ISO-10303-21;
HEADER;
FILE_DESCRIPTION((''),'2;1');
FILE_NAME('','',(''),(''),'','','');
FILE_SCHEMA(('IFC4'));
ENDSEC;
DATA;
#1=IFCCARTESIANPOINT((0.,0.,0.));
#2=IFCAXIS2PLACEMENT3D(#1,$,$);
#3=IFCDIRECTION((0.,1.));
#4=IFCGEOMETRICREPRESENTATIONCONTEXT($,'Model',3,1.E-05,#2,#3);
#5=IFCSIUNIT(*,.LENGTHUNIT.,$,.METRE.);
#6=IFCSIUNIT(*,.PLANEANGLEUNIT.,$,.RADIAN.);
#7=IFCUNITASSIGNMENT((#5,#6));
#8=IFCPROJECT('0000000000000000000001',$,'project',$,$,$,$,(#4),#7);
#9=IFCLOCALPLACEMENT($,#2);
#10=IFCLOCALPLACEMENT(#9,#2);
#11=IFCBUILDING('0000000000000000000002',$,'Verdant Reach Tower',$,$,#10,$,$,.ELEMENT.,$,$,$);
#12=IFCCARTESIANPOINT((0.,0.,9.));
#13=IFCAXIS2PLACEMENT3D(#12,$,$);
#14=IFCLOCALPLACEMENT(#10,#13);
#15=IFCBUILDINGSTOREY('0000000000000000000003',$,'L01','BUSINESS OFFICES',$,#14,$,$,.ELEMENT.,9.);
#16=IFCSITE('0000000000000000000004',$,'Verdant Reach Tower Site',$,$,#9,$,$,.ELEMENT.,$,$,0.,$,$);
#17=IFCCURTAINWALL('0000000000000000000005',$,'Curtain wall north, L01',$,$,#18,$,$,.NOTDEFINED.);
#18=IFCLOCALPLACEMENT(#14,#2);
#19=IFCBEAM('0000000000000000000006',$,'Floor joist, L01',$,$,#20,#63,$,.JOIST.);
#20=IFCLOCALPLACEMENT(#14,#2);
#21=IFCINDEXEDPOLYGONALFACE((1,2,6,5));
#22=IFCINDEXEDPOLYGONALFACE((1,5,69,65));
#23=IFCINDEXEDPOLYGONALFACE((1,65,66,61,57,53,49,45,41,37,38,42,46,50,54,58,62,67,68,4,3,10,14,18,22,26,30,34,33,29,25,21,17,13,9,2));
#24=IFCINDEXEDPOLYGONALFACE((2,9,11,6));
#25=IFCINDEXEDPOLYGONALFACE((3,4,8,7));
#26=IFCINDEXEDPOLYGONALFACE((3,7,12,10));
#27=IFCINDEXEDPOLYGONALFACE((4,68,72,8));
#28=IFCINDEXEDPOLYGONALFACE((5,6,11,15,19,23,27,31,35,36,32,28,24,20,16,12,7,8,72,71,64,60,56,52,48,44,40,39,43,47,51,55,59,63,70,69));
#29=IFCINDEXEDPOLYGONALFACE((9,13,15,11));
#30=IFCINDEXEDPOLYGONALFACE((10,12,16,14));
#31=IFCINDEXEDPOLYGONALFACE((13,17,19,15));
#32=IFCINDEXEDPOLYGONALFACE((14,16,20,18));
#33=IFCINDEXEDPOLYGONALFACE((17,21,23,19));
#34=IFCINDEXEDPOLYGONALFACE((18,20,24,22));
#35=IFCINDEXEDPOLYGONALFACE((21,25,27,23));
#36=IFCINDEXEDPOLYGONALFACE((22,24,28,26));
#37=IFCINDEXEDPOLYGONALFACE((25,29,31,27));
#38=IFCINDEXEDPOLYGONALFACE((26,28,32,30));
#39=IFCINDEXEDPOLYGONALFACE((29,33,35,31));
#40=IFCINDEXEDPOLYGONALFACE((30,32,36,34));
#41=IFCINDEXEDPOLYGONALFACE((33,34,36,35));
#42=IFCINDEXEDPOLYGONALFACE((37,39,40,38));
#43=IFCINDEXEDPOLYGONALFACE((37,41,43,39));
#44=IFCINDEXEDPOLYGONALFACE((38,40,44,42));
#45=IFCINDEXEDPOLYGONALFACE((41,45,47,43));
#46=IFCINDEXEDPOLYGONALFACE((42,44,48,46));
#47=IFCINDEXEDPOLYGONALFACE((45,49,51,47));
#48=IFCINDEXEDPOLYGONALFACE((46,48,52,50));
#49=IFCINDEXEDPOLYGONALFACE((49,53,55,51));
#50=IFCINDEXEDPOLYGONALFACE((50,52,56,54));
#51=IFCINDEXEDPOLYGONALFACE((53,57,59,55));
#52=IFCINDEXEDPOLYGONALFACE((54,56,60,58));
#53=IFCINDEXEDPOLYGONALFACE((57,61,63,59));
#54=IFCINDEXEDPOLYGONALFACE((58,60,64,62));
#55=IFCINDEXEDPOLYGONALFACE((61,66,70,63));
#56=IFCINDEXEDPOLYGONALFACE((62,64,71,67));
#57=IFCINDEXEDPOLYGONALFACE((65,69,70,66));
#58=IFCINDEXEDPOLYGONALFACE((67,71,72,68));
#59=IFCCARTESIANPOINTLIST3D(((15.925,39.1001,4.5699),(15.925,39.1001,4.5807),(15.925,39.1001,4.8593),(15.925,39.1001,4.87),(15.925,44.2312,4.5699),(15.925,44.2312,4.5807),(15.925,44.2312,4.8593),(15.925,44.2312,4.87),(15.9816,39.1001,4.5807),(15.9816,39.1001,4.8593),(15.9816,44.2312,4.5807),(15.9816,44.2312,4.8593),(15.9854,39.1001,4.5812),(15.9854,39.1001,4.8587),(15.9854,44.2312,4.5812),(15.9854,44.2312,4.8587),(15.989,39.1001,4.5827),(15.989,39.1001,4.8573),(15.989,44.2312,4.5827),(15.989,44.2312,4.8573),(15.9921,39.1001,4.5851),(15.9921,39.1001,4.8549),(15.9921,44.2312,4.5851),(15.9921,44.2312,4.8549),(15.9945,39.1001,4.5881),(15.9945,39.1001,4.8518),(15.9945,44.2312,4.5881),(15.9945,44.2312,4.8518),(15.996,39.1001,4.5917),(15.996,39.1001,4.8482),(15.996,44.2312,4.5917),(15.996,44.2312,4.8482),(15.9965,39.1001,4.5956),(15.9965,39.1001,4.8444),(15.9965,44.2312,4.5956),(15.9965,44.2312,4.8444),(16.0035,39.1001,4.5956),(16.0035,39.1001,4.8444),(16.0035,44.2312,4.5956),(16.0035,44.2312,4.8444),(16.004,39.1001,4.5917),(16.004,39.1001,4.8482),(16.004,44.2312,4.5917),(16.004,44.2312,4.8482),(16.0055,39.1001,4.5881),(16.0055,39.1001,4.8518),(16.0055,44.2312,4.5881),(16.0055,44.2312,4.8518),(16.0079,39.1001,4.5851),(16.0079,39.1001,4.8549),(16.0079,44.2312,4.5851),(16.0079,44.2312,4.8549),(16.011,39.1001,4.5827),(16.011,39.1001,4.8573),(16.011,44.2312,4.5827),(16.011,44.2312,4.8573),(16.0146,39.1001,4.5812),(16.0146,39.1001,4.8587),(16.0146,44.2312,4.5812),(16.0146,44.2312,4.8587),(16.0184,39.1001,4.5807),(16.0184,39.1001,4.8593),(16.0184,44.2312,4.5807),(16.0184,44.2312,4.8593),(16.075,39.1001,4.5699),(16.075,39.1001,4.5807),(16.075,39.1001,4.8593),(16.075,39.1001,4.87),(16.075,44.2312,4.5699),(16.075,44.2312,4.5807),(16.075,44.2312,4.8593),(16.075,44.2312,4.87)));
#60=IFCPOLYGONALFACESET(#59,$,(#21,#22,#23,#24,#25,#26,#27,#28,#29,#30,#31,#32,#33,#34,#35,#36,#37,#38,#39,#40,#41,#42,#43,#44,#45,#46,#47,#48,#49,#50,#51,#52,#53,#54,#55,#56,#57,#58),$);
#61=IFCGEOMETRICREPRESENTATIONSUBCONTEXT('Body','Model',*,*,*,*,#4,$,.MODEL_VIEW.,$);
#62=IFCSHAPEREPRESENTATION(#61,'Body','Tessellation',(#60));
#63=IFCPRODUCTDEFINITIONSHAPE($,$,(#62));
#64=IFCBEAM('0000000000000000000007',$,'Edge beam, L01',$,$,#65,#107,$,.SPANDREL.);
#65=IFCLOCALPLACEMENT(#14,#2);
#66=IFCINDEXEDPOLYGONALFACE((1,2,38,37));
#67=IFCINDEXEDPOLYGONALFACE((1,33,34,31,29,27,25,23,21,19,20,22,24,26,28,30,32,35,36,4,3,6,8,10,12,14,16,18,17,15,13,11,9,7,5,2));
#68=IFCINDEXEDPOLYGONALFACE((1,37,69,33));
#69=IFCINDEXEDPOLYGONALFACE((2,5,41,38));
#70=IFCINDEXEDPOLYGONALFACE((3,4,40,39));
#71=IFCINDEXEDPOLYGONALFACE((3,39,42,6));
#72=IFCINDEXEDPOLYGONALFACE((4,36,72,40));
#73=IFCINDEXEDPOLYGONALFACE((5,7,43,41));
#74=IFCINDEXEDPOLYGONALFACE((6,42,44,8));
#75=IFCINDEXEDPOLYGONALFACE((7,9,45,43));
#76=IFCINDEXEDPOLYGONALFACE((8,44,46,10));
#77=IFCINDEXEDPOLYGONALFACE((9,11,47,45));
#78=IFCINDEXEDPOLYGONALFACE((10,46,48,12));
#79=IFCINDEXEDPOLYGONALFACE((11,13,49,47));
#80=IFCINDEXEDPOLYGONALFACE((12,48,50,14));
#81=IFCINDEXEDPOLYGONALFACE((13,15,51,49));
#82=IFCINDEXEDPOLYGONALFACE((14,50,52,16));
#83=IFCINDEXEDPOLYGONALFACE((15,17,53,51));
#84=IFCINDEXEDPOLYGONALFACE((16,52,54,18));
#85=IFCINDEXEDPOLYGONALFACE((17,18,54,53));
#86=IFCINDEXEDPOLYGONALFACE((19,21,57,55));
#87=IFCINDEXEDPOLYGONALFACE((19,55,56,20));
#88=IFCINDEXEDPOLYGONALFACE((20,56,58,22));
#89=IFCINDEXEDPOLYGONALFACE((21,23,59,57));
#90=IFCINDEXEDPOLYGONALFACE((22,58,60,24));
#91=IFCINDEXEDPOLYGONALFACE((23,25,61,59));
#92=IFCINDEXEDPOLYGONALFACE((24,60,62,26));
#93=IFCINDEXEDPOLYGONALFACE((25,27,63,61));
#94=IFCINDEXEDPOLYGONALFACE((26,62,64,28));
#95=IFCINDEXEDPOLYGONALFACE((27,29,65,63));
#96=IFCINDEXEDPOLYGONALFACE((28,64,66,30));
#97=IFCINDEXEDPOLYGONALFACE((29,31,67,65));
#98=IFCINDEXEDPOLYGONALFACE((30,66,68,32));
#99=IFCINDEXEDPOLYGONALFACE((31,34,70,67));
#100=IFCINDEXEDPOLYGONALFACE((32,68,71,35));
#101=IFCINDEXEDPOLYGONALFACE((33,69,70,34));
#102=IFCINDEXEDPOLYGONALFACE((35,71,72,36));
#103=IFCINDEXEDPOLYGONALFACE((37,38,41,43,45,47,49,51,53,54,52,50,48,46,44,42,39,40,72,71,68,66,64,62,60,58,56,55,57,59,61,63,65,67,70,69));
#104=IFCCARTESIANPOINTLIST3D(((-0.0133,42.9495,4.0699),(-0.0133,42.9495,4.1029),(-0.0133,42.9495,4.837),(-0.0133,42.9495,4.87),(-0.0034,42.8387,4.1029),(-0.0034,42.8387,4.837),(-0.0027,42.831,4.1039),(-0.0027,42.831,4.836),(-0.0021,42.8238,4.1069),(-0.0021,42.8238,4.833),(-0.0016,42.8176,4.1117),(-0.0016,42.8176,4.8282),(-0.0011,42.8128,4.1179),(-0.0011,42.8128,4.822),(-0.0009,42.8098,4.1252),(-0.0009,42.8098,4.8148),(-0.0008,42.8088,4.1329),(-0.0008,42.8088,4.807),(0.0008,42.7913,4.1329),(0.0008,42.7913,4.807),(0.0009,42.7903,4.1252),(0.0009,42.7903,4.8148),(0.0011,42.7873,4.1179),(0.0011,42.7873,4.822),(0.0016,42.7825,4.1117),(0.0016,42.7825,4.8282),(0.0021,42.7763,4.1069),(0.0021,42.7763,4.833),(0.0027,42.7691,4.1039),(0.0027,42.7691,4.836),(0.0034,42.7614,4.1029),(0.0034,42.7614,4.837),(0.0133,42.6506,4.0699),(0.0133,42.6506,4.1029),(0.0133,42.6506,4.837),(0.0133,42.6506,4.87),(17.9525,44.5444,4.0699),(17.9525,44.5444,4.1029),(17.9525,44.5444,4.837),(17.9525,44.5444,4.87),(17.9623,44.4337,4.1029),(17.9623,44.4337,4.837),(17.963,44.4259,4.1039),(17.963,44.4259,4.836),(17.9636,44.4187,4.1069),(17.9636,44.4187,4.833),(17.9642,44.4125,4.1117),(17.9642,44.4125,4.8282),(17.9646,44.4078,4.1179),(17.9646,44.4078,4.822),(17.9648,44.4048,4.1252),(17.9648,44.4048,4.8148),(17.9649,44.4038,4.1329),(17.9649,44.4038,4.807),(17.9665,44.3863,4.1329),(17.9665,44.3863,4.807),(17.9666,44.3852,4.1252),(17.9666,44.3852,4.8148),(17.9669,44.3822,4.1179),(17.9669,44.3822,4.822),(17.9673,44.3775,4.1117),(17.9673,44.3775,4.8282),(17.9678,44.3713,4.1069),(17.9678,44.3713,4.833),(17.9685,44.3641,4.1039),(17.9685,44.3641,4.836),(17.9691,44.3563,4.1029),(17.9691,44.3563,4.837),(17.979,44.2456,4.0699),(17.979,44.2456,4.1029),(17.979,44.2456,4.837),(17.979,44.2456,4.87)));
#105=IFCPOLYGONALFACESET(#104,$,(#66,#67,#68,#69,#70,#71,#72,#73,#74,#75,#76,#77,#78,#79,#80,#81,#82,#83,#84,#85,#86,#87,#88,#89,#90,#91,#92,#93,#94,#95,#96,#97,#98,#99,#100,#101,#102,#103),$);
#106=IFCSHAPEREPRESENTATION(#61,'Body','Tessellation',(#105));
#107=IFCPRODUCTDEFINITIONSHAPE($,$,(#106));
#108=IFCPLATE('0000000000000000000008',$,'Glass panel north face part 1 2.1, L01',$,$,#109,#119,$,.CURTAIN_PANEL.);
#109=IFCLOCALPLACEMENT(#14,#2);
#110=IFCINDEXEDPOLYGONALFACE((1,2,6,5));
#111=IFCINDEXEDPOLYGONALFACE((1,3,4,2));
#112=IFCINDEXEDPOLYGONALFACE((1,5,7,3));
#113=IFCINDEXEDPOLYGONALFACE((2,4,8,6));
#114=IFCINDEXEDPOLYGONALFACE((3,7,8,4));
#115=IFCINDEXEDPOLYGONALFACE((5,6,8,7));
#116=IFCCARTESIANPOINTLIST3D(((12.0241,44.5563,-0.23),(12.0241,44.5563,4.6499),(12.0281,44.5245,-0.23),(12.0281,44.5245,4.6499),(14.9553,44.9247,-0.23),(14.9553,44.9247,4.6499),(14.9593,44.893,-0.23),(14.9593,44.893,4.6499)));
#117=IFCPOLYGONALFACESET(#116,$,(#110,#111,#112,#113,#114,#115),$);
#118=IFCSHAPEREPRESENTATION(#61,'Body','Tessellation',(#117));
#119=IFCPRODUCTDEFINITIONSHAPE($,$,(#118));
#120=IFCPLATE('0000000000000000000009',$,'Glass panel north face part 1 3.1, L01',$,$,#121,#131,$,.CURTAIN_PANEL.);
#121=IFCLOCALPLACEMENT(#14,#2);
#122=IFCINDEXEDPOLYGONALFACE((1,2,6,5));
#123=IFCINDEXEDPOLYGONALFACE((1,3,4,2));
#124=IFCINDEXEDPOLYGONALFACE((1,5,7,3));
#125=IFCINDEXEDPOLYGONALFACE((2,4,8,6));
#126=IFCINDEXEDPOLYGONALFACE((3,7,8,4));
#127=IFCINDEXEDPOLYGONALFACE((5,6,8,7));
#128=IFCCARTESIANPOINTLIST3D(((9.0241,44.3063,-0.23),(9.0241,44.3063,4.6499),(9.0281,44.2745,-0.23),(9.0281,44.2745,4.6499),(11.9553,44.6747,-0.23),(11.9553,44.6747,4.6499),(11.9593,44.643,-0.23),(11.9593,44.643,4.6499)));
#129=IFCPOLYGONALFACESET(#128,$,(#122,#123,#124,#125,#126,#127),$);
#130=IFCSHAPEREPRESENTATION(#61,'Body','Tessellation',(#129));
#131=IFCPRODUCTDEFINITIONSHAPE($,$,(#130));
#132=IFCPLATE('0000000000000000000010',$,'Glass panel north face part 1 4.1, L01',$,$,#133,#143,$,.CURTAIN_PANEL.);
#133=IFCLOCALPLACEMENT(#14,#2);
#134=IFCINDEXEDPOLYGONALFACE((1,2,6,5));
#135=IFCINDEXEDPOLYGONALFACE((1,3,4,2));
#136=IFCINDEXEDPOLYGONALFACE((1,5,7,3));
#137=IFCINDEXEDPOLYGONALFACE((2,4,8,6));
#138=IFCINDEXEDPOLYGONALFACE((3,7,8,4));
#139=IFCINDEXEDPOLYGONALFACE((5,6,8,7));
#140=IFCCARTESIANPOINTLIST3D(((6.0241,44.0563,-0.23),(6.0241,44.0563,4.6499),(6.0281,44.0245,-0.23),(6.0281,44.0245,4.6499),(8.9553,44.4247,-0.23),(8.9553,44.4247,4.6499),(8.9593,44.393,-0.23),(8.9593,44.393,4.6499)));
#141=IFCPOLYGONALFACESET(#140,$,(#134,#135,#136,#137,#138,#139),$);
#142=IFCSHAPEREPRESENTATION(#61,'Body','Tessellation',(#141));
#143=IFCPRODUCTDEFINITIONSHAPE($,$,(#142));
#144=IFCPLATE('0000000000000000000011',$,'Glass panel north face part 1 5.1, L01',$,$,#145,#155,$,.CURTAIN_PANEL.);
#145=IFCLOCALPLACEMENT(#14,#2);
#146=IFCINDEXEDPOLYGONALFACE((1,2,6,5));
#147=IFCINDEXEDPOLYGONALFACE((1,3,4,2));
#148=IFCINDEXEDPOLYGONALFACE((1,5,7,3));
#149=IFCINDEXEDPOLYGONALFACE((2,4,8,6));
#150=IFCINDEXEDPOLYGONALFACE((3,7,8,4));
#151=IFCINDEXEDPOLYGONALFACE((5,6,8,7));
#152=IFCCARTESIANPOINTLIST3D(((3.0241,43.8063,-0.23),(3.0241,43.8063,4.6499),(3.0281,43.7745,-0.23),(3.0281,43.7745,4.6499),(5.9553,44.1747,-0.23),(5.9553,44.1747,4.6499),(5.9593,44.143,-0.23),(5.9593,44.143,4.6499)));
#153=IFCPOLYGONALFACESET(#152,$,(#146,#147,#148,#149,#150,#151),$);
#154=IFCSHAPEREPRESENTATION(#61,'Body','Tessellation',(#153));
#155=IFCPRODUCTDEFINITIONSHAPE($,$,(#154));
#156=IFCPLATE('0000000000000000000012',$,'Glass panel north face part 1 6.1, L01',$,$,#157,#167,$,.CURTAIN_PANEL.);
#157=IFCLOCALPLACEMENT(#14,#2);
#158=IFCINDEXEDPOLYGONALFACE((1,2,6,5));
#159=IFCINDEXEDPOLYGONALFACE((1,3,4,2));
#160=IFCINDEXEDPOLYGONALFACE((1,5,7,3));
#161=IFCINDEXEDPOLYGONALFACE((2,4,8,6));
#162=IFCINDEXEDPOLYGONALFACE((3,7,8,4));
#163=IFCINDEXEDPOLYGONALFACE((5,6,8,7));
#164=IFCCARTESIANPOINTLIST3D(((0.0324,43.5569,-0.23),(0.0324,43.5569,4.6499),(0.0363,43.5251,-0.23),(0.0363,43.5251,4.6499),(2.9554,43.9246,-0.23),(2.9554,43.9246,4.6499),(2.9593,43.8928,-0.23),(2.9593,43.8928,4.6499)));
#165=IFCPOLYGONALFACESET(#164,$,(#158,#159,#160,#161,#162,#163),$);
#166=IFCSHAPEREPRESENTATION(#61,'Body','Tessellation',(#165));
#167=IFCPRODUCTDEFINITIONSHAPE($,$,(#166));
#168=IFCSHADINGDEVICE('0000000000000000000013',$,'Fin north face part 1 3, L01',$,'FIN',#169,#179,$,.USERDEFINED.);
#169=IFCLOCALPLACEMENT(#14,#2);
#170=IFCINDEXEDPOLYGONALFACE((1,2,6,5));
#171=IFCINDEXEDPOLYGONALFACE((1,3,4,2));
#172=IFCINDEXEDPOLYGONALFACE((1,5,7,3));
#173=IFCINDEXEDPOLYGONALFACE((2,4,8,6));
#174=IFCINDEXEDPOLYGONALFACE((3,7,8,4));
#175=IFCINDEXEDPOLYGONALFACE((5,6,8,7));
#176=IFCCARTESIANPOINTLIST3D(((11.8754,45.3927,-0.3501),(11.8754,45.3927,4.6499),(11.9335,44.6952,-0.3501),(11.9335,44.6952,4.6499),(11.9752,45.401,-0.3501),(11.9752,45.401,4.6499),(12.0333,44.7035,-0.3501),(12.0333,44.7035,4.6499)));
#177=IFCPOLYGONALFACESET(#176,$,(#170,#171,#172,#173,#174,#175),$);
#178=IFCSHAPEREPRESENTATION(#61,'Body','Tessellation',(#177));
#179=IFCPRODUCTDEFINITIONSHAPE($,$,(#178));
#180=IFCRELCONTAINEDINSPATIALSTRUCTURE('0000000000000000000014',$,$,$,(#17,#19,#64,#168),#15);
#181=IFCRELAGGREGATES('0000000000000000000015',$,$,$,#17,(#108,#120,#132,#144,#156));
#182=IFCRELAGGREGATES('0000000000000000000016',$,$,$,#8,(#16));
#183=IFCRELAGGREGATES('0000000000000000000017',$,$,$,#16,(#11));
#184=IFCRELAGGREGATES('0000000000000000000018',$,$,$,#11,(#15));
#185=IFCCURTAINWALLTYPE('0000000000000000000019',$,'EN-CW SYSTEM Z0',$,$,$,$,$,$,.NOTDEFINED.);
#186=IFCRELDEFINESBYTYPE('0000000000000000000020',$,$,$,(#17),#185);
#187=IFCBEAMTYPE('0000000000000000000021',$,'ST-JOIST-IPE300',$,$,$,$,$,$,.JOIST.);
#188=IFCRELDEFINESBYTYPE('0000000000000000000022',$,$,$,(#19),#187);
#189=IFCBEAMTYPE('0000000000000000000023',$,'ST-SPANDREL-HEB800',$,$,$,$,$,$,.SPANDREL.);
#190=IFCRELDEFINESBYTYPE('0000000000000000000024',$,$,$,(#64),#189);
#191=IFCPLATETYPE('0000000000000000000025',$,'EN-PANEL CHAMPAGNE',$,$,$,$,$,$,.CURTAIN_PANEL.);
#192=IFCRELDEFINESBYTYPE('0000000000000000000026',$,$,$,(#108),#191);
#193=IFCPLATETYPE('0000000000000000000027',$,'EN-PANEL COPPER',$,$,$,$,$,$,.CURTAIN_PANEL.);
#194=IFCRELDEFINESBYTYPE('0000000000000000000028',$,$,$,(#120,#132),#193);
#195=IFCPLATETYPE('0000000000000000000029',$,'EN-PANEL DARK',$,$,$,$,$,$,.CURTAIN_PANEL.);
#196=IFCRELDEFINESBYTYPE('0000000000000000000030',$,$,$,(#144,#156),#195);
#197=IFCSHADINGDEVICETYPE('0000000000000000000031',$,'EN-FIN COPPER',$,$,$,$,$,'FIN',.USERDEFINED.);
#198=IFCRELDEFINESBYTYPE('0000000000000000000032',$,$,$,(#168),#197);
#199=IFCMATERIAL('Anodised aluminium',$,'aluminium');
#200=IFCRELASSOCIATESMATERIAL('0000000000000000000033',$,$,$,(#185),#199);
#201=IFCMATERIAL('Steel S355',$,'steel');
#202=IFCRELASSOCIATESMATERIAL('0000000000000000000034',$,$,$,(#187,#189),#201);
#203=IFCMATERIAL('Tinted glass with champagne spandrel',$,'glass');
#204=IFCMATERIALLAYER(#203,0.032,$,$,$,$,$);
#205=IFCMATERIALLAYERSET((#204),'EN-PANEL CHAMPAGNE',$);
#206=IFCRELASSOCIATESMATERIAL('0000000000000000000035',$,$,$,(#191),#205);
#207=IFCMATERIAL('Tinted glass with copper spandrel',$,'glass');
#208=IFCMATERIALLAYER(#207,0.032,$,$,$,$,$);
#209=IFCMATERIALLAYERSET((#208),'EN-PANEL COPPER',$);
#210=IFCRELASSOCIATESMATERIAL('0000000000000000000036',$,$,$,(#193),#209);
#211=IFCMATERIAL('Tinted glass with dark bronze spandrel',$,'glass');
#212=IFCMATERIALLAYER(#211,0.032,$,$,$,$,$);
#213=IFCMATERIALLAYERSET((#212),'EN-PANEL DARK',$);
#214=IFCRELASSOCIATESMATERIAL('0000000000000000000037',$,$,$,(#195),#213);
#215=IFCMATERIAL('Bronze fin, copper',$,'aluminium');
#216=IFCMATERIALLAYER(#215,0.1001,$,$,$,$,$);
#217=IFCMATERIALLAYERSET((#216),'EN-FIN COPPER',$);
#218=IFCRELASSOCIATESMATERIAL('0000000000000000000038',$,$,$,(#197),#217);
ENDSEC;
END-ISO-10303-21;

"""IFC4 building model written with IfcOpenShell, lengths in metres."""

from ifc_helpers import new_model, si_unit, direction, frame, origin, origin_2d, place, context, subcontext, project, spatial, rectangle, i_section, extrude, material, layer, layer_set, material_profile, profile_set, type_object, element, aggregate, save


model = new_model("IFC4")

# Units and contexts
model_context = context("Model", 3, precision=1e-05, world=origin(), true_north=direction((0.0, 1.0)))
body_context = subcontext(model_context, "Body", "Model", "MODEL_VIEW")
ifc_project = project(units=[si_unit("LENGTHUNIT", "METRE"), si_unit("PLANEANGLEUNIT", "RADIAN")], contexts=[model_context])

# Site, building, storey
site_placement = place(None, origin())
site = spatial("IfcSite", under=ifc_project, at=site_placement, Name="Verdant Reach Tower Site", CompositionType="ELEMENT", RefElevation=0.0)
building_placement = place(site_placement, origin())
building = spatial("IfcBuilding", under=site, at=building_placement, Name="Verdant Reach Tower", CompositionType="ELEMENT")
storey_placement = place(building_placement, frame((0.0, 0.0, 9.0)))
storey = spatial("IfcBuildingStorey", under=building, at=storey_placement, Name="L01", Description="BUSINESS OFFICES", CompositionType="ELEMENT", Elevation=9.0)

# Curtain wall
ifc_material_1 = material(Name="Anodised aluminium", Category="aluminium")
curtain_wall_type = type_object("IfcCurtainWallType", Name="EN-CW SYSTEM Z0", PredefinedType="NOTDEFINED", material=ifc_material_1)
curtain_wall_placement = place(storey_placement, origin())
curtain_wall = element("IfcCurtainWall", 1, at=curtain_wall_placement, inside=storey, type_object=curtain_wall_type, Name="Curtain wall north, L01", PredefinedType="NOTDEFINED")

# Beams
ifc_material_2 = material(Name="Steel S355", Category="steel")
ifc_material_profile_1 = material_profile(ifc_material_2, i_section(OverallWidth=0.1499, OverallDepth=0.3, WebThickness=0.0071, FlangeThickness=0.0107, FilletRadius=0.0149, at=origin_2d()), Name="IPE 300")
ifc_profile_set_1 = profile_set([ifc_material_profile_1], Name="Steel S355")
beam_type_1 = type_object("IfcBeamType", Name="ST-JOIST-IPE300", PredefinedType="JOIST", material=ifc_profile_set_1)
beam_1_placement = place(storey_placement, frame((16.0, 39.1001, 4.72), z_axis=(0.0, 1.0, 0.0), x_axis=(-1.0, 0.0, 0.0)))
element("IfcBeam", 2, at=beam_1_placement, inside=storey, type_object=beam_type_1, Name="Floor joist, L01", PredefinedType="JOIST", context=body_context, shape_type="SweptSolid", body=[
    extrude(i_section(OverallWidth=0.1499, OverallDepth=0.3, WebThickness=0.0071, FlangeThickness=0.0107, FilletRadius=0.0149, at=origin_2d()), origin(), (0.0, 0.0, 1.0), 5.1311),
])
ifc_material_profile_2 = material_profile(ifc_material_2, i_section(OverallWidth=0.3, OverallDepth=0.8, WebThickness=0.0176, FlangeThickness=0.033, FilletRadius=0.03, at=origin_2d()), Name="HEB 800")
ifc_profile_set_2 = profile_set([ifc_material_profile_2], Name="Steel S355")
beam_type_2 = type_object("IfcBeamType", Name="ST-SPANDREL-HEB800", PredefinedType="SPANDREL", material=ifc_profile_set_2)
beam_2_placement = place(storey_placement, frame((0.0, 42.8, 4.47), z_axis=(0.996082, 0.08843, 0.0), x_axis=(-0.08843, 0.996082, 0.0)))
element("IfcBeam", 3, at=beam_2_placement, inside=storey, type_object=beam_type_2, Name="Edge beam, L01", PredefinedType="SPANDREL", context=body_context, shape_type="SweptSolid", body=[
    extrude(i_section(OverallWidth=0.3, OverallDepth=0.8, WebThickness=0.0176, FlangeThickness=0.033, FilletRadius=0.03, at=origin_2d()), origin(), (0.0, 0.0, 1.0), 18.0364),
])

# Plates
ifc_material_3 = material(Name="Tinted glass with champagne spandrel", Category="glass")
ifc_layer_1 = layer(ifc_material_3, 0.032)
ifc_layer_set_1 = layer_set([ifc_layer_1], Name="EN-PANEL CHAMPAGNE")
plate_type_1 = type_object("IfcPlateType", Name="EN-PANEL CHAMPAGNE", PredefinedType="CURTAIN_PANEL", material=ifc_layer_set_1)
plate_1_placement = place(storey_placement, frame((13.4917, 44.7246, -0.23), z_axis=(0.0, 0.0, 1.0), x_axis=(-0.992194, -0.124704, 0.0)))
plate_1 = element("IfcPlate", 4, at=plate_1_placement, type_object=plate_type_1, Name="Glass panel north face part 1 2.1, L01", PredefinedType="CURTAIN_PANEL", context=body_context, shape_type="SweptSolid", body=[
    extrude(rectangle(XDim=2.9543, YDim=0.032, at=origin_2d()), origin(), (0.0, 0.0, 1.0), 4.8799),
])
ifc_material_4 = material(Name="Tinted glass with copper spandrel", Category="glass")
ifc_layer_2 = layer(ifc_material_4, 0.032)
ifc_layer_set_2 = layer_set([ifc_layer_2], Name="EN-PANEL COPPER")
plate_type_2 = type_object("IfcPlateType", Name="EN-PANEL COPPER", PredefinedType="CURTAIN_PANEL", material=ifc_layer_set_2)
plate_2_placement = place(storey_placement, frame((10.4917, 44.4746, -0.23), z_axis=(0.0, 0.0, 1.0), x_axis=(-0.992194, -0.124704, 0.0)))
plate_2 = element("IfcPlate", 5, at=plate_2_placement, type_object=plate_type_2, Name="Glass panel north face part 1 3.1, L01", PredefinedType="CURTAIN_PANEL", context=body_context, shape_type="SweptSolid", body=[
    extrude(rectangle(XDim=2.9543, YDim=0.032, at=origin_2d()), origin(), (0.0, 0.0, 1.0), 4.8799),
])
plate_3_placement = place(storey_placement, frame((7.4917, 44.2246, -0.23), z_axis=(0.0, 0.0, 1.0), x_axis=(-0.992194, -0.124704, 0.0)))
plate_3 = element("IfcPlate", 6, at=plate_3_placement, type_object=plate_type_2, Name="Glass panel north face part 1 4.1, L01", PredefinedType="CURTAIN_PANEL", context=body_context, shape_type="SweptSolid", body=[
    extrude(rectangle(XDim=2.9543, YDim=0.032, at=origin_2d()), origin(), (0.0, 0.0, 1.0), 4.8799),
])
ifc_material_5 = material(Name="Tinted glass with dark bronze spandrel", Category="glass")
ifc_layer_3 = layer(ifc_material_5, 0.032)
ifc_layer_set_3 = layer_set([ifc_layer_3], Name="EN-PANEL DARK")
plate_type_3 = type_object("IfcPlateType", Name="EN-PANEL DARK", PredefinedType="CURTAIN_PANEL", material=ifc_layer_set_3)
plate_4_placement = place(storey_placement, frame((4.4917, 43.9746, -0.23), z_axis=(0.0, 0.0, 1.0), x_axis=(-0.992194, -0.124704, 0.0)))
plate_4 = element("IfcPlate", 7, at=plate_4_placement, type_object=plate_type_3, Name="Glass panel north face part 1 5.1, L01", PredefinedType="CURTAIN_PANEL", context=body_context, shape_type="SweptSolid", body=[
    extrude(rectangle(XDim=2.9543, YDim=0.032, at=origin_2d()), origin(), (0.0, 0.0, 1.0), 4.8799),
])
plate_5_placement = place(storey_placement, frame((1.4958, 43.7249, -0.23), z_axis=(0.0, 0.0, 1.0), x_axis=(-0.99218, -0.124818, 0.0)))
plate_5 = element("IfcPlate", 8, at=plate_5_placement, type_object=plate_type_3, Name="Glass panel north face part 1 6.1, L01", PredefinedType="CURTAIN_PANEL", context=body_context, shape_type="SweptSolid", body=[
    extrude(rectangle(XDim=2.946, YDim=0.032, at=origin_2d()), origin(), (0.0, 0.0, 1.0), 4.8799),
])
aggregate(curtain_wall, [plate_1, plate_2, plate_3, plate_4, plate_5])

# Shading device
ifc_material_6 = material(Name="Bronze fin, copper", Category="aluminium")
ifc_layer_4 = layer(ifc_material_6, 0.1001)
ifc_layer_set_4 = layer_set([ifc_layer_4], Name="EN-FIN COPPER")
shading_device_type_1 = type_object("IfcShadingDeviceType", Name="EN-FIN COPPER", ElementType="FIN", PredefinedType="USERDEFINED", material=ifc_layer_set_4)
shading_device_placement = place(storey_placement, frame((11.9543, 45.0481, -0.3501), z_axis=(0.0, 0.0, 1.0), x_axis=(-0.996546, -0.083045, 0.0)))
element("IfcShadingDevice", 9, at=shading_device_placement, inside=storey, type_object=shading_device_type_1, Name="Fin north face part 1 3, L01", ObjectType="FIN", PredefinedType="USERDEFINED", context=body_context, shape_type="SweptSolid", body=[
    extrude(rectangle(XDim=0.1001, YDim=0.7, at=origin_2d()), origin(), (0.0, 0.0, 1.0), 5.0),
])

save(model, "model.ifc")
